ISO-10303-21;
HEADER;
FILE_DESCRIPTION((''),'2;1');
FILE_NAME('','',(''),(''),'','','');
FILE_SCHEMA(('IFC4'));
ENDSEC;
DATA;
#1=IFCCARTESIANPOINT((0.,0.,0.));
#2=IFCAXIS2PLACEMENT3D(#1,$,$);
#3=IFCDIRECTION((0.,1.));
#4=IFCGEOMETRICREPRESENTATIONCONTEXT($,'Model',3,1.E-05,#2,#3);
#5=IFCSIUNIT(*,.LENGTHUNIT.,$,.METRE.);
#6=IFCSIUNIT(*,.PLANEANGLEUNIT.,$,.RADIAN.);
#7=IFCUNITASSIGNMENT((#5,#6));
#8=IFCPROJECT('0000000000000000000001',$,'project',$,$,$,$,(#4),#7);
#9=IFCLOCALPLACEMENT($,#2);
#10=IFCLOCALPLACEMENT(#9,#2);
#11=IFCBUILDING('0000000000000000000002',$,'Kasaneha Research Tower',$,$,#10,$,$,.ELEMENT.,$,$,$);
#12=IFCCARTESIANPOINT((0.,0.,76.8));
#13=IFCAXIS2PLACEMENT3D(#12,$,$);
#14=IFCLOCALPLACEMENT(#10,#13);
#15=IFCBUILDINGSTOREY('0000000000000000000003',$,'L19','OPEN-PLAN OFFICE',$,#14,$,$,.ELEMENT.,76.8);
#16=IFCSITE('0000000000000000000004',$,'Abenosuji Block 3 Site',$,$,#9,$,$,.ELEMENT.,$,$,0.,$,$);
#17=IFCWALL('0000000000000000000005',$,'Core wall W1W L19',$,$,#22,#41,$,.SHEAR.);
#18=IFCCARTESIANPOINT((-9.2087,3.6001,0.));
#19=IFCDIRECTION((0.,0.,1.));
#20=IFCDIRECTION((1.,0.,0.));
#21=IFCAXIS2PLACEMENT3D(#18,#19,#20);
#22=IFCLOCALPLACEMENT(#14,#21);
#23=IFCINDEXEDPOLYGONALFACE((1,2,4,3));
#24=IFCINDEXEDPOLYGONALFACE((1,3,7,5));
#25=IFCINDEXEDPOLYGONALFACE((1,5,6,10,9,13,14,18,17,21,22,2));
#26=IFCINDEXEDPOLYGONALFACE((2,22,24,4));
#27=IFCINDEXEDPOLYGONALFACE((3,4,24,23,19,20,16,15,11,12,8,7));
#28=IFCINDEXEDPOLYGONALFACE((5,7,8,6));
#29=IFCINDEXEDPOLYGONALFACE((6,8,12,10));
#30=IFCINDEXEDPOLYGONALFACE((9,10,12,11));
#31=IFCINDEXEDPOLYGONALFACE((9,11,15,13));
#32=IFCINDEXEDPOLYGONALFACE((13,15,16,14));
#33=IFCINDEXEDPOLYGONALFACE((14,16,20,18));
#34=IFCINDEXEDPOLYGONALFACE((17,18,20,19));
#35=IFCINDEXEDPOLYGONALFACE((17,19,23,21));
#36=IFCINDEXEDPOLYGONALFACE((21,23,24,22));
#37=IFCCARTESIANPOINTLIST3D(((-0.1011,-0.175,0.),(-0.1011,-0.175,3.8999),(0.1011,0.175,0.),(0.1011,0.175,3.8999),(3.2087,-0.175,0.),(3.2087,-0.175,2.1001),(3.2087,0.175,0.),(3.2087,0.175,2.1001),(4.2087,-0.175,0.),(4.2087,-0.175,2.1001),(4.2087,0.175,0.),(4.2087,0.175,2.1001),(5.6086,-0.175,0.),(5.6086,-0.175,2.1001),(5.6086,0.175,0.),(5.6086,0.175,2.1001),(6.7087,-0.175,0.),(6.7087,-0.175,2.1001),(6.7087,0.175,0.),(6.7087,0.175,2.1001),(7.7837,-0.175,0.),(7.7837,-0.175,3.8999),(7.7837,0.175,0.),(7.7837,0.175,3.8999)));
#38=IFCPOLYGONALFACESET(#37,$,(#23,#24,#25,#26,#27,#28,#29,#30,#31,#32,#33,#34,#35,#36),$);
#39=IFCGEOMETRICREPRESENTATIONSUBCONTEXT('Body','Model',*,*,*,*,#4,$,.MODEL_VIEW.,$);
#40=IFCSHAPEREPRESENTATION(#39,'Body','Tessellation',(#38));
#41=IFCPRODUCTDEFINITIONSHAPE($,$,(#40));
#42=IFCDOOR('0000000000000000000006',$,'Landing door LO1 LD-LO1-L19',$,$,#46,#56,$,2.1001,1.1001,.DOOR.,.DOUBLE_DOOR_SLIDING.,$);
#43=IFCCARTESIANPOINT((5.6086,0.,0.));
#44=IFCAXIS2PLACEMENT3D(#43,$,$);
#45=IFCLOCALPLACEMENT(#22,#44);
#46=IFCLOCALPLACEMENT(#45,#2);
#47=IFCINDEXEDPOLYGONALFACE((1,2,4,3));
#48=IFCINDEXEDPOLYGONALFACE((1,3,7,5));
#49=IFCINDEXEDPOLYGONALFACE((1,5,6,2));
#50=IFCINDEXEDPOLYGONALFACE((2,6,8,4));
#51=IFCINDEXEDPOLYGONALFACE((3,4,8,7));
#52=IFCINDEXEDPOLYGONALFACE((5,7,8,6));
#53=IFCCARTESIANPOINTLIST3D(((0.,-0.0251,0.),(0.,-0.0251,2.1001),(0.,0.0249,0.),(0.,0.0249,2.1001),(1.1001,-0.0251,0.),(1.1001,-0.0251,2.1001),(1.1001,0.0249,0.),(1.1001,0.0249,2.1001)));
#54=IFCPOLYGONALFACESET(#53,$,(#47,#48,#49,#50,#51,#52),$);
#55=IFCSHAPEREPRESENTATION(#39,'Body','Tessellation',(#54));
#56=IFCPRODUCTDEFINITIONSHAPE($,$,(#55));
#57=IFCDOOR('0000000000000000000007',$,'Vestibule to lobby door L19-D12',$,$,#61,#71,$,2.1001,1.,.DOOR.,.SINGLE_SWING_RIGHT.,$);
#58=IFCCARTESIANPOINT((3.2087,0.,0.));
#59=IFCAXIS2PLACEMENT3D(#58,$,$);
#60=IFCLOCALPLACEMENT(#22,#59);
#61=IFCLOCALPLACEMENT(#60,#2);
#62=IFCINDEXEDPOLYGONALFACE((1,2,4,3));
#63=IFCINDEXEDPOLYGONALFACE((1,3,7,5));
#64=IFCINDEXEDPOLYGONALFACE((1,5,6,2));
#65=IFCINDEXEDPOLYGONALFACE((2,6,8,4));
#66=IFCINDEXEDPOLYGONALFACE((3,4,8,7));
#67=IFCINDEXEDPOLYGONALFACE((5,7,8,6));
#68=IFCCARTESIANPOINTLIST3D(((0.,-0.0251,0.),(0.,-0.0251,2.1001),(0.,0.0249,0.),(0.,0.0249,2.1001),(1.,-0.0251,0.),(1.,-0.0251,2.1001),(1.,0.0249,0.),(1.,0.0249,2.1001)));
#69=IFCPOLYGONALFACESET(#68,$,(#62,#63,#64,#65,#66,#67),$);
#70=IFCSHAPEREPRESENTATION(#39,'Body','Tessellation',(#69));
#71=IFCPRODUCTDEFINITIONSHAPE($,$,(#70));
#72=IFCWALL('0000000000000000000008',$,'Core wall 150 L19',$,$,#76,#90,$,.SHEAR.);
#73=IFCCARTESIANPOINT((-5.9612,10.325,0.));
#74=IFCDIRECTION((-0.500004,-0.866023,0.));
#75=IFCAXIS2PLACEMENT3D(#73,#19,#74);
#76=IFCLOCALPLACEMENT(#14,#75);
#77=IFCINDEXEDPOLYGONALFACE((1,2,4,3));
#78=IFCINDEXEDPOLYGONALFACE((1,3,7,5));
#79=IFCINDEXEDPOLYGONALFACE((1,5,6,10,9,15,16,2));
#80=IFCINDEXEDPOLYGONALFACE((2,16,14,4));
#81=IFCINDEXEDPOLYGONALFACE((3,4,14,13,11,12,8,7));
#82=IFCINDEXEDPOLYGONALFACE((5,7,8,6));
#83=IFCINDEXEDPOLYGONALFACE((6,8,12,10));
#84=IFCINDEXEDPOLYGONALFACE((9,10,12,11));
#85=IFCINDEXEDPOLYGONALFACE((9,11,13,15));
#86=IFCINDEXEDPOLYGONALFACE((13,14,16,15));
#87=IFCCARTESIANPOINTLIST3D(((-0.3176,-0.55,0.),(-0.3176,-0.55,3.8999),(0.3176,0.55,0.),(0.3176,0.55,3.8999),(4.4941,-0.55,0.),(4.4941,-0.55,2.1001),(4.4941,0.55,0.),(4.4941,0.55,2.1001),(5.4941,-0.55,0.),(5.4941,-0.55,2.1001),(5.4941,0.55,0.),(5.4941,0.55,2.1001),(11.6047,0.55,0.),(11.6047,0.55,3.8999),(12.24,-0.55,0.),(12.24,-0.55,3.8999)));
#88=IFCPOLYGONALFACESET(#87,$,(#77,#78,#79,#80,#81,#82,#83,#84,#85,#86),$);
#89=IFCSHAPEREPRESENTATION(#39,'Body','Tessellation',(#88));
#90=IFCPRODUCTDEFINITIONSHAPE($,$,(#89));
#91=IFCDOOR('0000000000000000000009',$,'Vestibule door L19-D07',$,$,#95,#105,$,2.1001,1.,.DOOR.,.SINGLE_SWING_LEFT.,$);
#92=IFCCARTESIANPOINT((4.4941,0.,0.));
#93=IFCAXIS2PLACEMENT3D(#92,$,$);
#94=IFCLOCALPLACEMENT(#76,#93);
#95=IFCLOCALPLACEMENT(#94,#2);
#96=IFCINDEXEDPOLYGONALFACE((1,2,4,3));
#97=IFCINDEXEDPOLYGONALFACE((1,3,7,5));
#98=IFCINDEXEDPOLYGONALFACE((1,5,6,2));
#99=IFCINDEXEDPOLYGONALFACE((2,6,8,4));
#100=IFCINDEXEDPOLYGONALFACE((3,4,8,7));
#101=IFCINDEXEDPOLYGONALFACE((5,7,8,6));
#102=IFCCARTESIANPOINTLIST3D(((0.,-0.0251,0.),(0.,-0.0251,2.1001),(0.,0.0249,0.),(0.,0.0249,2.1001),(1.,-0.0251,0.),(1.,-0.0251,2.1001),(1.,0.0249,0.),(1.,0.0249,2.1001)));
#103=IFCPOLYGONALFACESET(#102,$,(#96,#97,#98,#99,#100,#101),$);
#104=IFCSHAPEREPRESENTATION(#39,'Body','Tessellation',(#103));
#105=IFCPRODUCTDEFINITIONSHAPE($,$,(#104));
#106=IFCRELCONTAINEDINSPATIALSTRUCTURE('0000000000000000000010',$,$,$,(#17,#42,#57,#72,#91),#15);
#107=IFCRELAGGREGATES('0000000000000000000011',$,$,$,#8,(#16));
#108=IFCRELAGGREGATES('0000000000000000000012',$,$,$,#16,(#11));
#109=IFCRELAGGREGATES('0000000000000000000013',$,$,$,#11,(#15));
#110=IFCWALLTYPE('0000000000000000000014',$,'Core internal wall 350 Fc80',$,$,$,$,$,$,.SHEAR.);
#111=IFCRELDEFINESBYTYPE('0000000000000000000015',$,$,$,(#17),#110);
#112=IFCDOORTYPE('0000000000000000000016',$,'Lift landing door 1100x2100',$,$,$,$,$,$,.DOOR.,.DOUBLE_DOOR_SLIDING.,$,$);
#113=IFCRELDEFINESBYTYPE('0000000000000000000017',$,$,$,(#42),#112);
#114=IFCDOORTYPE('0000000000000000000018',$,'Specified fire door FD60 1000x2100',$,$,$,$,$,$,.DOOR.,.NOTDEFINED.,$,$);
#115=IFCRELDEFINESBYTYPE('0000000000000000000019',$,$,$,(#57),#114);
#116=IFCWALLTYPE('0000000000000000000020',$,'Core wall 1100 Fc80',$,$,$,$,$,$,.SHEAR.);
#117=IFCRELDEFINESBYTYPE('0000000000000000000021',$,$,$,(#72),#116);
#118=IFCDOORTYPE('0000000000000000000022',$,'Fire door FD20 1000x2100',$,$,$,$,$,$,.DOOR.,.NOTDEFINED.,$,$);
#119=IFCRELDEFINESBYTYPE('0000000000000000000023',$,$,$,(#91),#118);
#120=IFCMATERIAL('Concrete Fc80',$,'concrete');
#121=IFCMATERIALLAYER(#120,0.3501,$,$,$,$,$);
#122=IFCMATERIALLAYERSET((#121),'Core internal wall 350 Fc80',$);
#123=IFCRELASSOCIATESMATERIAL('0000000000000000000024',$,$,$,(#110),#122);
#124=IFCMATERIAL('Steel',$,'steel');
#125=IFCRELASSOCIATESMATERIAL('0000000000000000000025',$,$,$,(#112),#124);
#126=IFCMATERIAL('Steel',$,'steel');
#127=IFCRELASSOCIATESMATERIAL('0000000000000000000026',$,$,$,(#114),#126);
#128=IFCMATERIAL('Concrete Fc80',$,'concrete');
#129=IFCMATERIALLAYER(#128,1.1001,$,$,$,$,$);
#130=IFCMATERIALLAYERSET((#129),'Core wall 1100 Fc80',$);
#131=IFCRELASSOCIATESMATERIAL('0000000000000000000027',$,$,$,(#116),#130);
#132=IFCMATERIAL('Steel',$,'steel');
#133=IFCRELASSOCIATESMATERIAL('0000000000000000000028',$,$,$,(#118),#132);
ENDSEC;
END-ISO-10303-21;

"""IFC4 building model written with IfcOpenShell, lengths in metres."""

from ifc_helpers import new_model, si_unit, direction, frame, frame_2d, origin, place, context, subcontext, project, spatial, polyline, rectangle, outline, extrude, material, layer, layer_set, type_object, element, fill, save


model = new_model("IFC4")

# Units and contexts
model_context = context("Model", 3, precision=1e-05, world=origin(), true_north=direction((0.0, 1.0)))
body_context = subcontext(model_context, "Body", "Model", "MODEL_VIEW")
ifc_project = project(units=[si_unit("LENGTHUNIT", "METRE"), si_unit("PLANEANGLEUNIT", "RADIAN")], contexts=[model_context])

# Site, building, storey
site_placement = place(None, origin())
site = spatial("IfcSite", under=ifc_project, at=site_placement, Name="Abenosuji Block 3 Site", CompositionType="ELEMENT", RefElevation=0.0)
building_placement = place(site_placement, origin())
building = spatial("IfcBuilding", under=site, at=building_placement, Name="Kasaneha Research Tower", CompositionType="ELEMENT")
storey_placement = place(building_placement, frame((0.0, 0.0, 76.8)))
storey = spatial("IfcBuildingStorey", under=building, at=storey_placement, Name="L19", Description="OPEN-PLAN OFFICE", CompositionType="ELEMENT", Elevation=76.8)

# Wall, openings, doors
ifc_material_1 = material(Name="Concrete Fc80", Category="concrete")
ifc_layer_1 = layer(ifc_material_1, 0.3501)
ifc_layer_set_1 = layer_set([ifc_layer_1], Name="Core internal wall 350 Fc80")
wall_type_1 = type_object("IfcWallType", Name="Core internal wall 350 Fc80", PredefinedType="SHEAR", material=ifc_layer_set_1)
wall_1_placement = place(storey_placement, frame((-9.2087, 3.6001, 0.0), z_axis=(0.0, 0.0, 1.0), x_axis=(1.0, 0.0, 0.0)))
wall_1 = element("IfcWall", 1, at=wall_1_placement, inside=storey, type_object=wall_type_1, Name="Core wall W1W L19", PredefinedType="SHEAR", context=body_context, shape_type="SweptSolid", body=[
    extrude(outline(polyline([(-0.1011, -0.175), (3.2087, -0.175), (4.2087, -0.175), (5.6086, -0.175), (6.7087, -0.175), (7.7837, -0.175), (7.7837, 0.175), (6.7087, 0.175), (5.6086, 0.175), (4.2087, 0.175), (3.2087, 0.175), (0.1011, 0.175), (-0.1011, -0.175)])), origin(), (0.0, 0.0, 1.0), 3.8999),
])
opening_1_placement = place(wall_1_placement, frame((3.2087, 0.0, 0.0)))
opening_1 = element("IfcOpeningElement", 2, at=opening_1_placement, cuts=wall_1, PredefinedType="OPENING", context=body_context, shape_type="SweptSolid", body=[
    extrude(rectangle(XDim=1.0, YDim=2.1001, at=frame_2d((0.5, 1.05))), frame((0.0, 0.1851, 0.0), z_axis=(0.0, -1.0, 0.0), x_axis=(1.0, 0.0, 0.0)), (0.0, 0.0, 1.0), 0.3701),
])
opening_2_placement = place(wall_1_placement, frame((5.6086, 0.0, 0.0)))
opening_2 = element("IfcOpeningElement", 3, at=opening_2_placement, cuts=wall_1, PredefinedType="OPENING", context=body_context, shape_type="SweptSolid", body=[
    extrude(rectangle(XDim=1.1001, YDim=2.1001, at=frame_2d((0.55, 1.05))), frame((0.0, 0.1851, 0.0), z_axis=(0.0, -1.0, 0.0), x_axis=(1.0, 0.0, 0.0)), (0.0, 0.0, 1.0), 0.3701),
])
ifc_material_2 = material(Name="Steel", Category="steel")
door_type_1 = type_object("IfcDoorType", Name="Lift landing door 1100x2100", OperationType="DOUBLE_DOOR_SLIDING", PredefinedType="DOOR", material=ifc_material_2)
door_1_placement = place(opening_2_placement, origin())
door_1 = element("IfcDoor", 4, at=door_1_placement, inside=storey, type_object=door_type_1, Name="Landing door LO1 LD-LO1-L19", OperationType="DOUBLE_DOOR_SLIDING", OverallHeight=2.1001, OverallWidth=1.1001, PredefinedType="DOOR", context=body_context, shape_type="SweptSolid", body=[
    extrude(rectangle(XDim=1.1001, YDim=2.1001, at=frame_2d((0.55, 1.05))), frame((0.0, 0.0249, 0.0), z_axis=(0.0, -1.0, 0.0), x_axis=(1.0, 0.0, 0.0)), (0.0, 0.0, 1.0), 0.05),
])
fill(opening_2, door_1)
ifc_material_3 = material(Name="Steel", Category="steel")
door_type_2 = type_object("IfcDoorType", Name="Specified fire door FD60 1000x2100", OperationType="NOTDEFINED", PredefinedType="DOOR", material=ifc_material_3)
door_2_placement = place(opening_1_placement, origin())
door_2 = element("IfcDoor", 5, at=door_2_placement, inside=storey, type_object=door_type_2, Name="Vestibule to lobby door L19-D12", OperationType="SINGLE_SWING_RIGHT", OverallHeight=2.1001, OverallWidth=1.0, PredefinedType="DOOR", context=body_context, shape_type="SweptSolid", body=[
    extrude(rectangle(XDim=1.0, YDim=2.1001, at=frame_2d((0.5, 1.05))), frame((0.0, 0.0249, 0.0), z_axis=(0.0, -1.0, 0.0), x_axis=(1.0, 0.0, 0.0)), (0.0, 0.0, 1.0), 0.05),
])
fill(opening_1, door_2)

# Wall, opening, door
ifc_material_4 = material(Name="Concrete Fc80", Category="concrete")
ifc_layer_2 = layer(ifc_material_4, 1.1001)
ifc_layer_set_2 = layer_set([ifc_layer_2], Name="Core wall 1100 Fc80")
wall_type_2 = type_object("IfcWallType", Name="Core wall 1100 Fc80", PredefinedType="SHEAR", material=ifc_layer_set_2)
wall_2_placement = place(storey_placement, frame((-5.9612, 10.325, 0.0), z_axis=(0.0, 0.0, 1.0), x_axis=(-0.500004, -0.866023, 0.0)))
wall_2 = element("IfcWall", 6, at=wall_2_placement, inside=storey, type_object=wall_type_2, Name="Core wall 150 L19", PredefinedType="SHEAR", context=body_context, shape_type="SweptSolid", body=[
    extrude(outline(polyline([(-0.3176, -0.55), (4.4941, -0.55), (5.4941, -0.55), (12.24, -0.55), (11.6047, 0.55), (5.4941, 0.55), (4.4941, 0.55), (0.3176, 0.55), (-0.3176, -0.55)])), origin(), (0.0, 0.0, 1.0), 3.8999),
])
opening_3_placement = place(wall_2_placement, frame((4.4941, 0.0, 0.0)))
opening_3 = element("IfcOpeningElement", 7, at=opening_3_placement, cuts=wall_2, PredefinedType="OPENING", context=body_context, shape_type="SweptSolid", body=[
    extrude(rectangle(XDim=1.0, YDim=2.1001, at=frame_2d((0.5, 1.05))), frame((0.0, 0.5601, 0.0), z_axis=(0.0, -1.0, 0.0), x_axis=(1.0, 0.0, 0.0)), (0.0, 0.0, 1.0), 1.1201),
])
ifc_material_5 = material(Name="Steel", Category="steel")
door_type_3 = type_object("IfcDoorType", Name="Fire door FD20 1000x2100", OperationType="NOTDEFINED", PredefinedType="DOOR", material=ifc_material_5)
door_3_placement = place(opening_3_placement, origin())
door_3 = element("IfcDoor", 8, at=door_3_placement, inside=storey, type_object=door_type_3, Name="Vestibule door L19-D07", OperationType="SINGLE_SWING_LEFT", OverallHeight=2.1001, OverallWidth=1.0, PredefinedType="DOOR", context=body_context, shape_type="SweptSolid", body=[
    extrude(rectangle(XDim=1.0, YDim=2.1001, at=frame_2d((0.5, 1.05))), frame((0.0, 0.0249, 0.0), z_axis=(0.0, -1.0, 0.0), x_axis=(1.0, 0.0, 0.0)), (0.0, 0.0, 1.0), 0.05),
])
fill(opening_3, door_3)

save(model, "model.ifc")
